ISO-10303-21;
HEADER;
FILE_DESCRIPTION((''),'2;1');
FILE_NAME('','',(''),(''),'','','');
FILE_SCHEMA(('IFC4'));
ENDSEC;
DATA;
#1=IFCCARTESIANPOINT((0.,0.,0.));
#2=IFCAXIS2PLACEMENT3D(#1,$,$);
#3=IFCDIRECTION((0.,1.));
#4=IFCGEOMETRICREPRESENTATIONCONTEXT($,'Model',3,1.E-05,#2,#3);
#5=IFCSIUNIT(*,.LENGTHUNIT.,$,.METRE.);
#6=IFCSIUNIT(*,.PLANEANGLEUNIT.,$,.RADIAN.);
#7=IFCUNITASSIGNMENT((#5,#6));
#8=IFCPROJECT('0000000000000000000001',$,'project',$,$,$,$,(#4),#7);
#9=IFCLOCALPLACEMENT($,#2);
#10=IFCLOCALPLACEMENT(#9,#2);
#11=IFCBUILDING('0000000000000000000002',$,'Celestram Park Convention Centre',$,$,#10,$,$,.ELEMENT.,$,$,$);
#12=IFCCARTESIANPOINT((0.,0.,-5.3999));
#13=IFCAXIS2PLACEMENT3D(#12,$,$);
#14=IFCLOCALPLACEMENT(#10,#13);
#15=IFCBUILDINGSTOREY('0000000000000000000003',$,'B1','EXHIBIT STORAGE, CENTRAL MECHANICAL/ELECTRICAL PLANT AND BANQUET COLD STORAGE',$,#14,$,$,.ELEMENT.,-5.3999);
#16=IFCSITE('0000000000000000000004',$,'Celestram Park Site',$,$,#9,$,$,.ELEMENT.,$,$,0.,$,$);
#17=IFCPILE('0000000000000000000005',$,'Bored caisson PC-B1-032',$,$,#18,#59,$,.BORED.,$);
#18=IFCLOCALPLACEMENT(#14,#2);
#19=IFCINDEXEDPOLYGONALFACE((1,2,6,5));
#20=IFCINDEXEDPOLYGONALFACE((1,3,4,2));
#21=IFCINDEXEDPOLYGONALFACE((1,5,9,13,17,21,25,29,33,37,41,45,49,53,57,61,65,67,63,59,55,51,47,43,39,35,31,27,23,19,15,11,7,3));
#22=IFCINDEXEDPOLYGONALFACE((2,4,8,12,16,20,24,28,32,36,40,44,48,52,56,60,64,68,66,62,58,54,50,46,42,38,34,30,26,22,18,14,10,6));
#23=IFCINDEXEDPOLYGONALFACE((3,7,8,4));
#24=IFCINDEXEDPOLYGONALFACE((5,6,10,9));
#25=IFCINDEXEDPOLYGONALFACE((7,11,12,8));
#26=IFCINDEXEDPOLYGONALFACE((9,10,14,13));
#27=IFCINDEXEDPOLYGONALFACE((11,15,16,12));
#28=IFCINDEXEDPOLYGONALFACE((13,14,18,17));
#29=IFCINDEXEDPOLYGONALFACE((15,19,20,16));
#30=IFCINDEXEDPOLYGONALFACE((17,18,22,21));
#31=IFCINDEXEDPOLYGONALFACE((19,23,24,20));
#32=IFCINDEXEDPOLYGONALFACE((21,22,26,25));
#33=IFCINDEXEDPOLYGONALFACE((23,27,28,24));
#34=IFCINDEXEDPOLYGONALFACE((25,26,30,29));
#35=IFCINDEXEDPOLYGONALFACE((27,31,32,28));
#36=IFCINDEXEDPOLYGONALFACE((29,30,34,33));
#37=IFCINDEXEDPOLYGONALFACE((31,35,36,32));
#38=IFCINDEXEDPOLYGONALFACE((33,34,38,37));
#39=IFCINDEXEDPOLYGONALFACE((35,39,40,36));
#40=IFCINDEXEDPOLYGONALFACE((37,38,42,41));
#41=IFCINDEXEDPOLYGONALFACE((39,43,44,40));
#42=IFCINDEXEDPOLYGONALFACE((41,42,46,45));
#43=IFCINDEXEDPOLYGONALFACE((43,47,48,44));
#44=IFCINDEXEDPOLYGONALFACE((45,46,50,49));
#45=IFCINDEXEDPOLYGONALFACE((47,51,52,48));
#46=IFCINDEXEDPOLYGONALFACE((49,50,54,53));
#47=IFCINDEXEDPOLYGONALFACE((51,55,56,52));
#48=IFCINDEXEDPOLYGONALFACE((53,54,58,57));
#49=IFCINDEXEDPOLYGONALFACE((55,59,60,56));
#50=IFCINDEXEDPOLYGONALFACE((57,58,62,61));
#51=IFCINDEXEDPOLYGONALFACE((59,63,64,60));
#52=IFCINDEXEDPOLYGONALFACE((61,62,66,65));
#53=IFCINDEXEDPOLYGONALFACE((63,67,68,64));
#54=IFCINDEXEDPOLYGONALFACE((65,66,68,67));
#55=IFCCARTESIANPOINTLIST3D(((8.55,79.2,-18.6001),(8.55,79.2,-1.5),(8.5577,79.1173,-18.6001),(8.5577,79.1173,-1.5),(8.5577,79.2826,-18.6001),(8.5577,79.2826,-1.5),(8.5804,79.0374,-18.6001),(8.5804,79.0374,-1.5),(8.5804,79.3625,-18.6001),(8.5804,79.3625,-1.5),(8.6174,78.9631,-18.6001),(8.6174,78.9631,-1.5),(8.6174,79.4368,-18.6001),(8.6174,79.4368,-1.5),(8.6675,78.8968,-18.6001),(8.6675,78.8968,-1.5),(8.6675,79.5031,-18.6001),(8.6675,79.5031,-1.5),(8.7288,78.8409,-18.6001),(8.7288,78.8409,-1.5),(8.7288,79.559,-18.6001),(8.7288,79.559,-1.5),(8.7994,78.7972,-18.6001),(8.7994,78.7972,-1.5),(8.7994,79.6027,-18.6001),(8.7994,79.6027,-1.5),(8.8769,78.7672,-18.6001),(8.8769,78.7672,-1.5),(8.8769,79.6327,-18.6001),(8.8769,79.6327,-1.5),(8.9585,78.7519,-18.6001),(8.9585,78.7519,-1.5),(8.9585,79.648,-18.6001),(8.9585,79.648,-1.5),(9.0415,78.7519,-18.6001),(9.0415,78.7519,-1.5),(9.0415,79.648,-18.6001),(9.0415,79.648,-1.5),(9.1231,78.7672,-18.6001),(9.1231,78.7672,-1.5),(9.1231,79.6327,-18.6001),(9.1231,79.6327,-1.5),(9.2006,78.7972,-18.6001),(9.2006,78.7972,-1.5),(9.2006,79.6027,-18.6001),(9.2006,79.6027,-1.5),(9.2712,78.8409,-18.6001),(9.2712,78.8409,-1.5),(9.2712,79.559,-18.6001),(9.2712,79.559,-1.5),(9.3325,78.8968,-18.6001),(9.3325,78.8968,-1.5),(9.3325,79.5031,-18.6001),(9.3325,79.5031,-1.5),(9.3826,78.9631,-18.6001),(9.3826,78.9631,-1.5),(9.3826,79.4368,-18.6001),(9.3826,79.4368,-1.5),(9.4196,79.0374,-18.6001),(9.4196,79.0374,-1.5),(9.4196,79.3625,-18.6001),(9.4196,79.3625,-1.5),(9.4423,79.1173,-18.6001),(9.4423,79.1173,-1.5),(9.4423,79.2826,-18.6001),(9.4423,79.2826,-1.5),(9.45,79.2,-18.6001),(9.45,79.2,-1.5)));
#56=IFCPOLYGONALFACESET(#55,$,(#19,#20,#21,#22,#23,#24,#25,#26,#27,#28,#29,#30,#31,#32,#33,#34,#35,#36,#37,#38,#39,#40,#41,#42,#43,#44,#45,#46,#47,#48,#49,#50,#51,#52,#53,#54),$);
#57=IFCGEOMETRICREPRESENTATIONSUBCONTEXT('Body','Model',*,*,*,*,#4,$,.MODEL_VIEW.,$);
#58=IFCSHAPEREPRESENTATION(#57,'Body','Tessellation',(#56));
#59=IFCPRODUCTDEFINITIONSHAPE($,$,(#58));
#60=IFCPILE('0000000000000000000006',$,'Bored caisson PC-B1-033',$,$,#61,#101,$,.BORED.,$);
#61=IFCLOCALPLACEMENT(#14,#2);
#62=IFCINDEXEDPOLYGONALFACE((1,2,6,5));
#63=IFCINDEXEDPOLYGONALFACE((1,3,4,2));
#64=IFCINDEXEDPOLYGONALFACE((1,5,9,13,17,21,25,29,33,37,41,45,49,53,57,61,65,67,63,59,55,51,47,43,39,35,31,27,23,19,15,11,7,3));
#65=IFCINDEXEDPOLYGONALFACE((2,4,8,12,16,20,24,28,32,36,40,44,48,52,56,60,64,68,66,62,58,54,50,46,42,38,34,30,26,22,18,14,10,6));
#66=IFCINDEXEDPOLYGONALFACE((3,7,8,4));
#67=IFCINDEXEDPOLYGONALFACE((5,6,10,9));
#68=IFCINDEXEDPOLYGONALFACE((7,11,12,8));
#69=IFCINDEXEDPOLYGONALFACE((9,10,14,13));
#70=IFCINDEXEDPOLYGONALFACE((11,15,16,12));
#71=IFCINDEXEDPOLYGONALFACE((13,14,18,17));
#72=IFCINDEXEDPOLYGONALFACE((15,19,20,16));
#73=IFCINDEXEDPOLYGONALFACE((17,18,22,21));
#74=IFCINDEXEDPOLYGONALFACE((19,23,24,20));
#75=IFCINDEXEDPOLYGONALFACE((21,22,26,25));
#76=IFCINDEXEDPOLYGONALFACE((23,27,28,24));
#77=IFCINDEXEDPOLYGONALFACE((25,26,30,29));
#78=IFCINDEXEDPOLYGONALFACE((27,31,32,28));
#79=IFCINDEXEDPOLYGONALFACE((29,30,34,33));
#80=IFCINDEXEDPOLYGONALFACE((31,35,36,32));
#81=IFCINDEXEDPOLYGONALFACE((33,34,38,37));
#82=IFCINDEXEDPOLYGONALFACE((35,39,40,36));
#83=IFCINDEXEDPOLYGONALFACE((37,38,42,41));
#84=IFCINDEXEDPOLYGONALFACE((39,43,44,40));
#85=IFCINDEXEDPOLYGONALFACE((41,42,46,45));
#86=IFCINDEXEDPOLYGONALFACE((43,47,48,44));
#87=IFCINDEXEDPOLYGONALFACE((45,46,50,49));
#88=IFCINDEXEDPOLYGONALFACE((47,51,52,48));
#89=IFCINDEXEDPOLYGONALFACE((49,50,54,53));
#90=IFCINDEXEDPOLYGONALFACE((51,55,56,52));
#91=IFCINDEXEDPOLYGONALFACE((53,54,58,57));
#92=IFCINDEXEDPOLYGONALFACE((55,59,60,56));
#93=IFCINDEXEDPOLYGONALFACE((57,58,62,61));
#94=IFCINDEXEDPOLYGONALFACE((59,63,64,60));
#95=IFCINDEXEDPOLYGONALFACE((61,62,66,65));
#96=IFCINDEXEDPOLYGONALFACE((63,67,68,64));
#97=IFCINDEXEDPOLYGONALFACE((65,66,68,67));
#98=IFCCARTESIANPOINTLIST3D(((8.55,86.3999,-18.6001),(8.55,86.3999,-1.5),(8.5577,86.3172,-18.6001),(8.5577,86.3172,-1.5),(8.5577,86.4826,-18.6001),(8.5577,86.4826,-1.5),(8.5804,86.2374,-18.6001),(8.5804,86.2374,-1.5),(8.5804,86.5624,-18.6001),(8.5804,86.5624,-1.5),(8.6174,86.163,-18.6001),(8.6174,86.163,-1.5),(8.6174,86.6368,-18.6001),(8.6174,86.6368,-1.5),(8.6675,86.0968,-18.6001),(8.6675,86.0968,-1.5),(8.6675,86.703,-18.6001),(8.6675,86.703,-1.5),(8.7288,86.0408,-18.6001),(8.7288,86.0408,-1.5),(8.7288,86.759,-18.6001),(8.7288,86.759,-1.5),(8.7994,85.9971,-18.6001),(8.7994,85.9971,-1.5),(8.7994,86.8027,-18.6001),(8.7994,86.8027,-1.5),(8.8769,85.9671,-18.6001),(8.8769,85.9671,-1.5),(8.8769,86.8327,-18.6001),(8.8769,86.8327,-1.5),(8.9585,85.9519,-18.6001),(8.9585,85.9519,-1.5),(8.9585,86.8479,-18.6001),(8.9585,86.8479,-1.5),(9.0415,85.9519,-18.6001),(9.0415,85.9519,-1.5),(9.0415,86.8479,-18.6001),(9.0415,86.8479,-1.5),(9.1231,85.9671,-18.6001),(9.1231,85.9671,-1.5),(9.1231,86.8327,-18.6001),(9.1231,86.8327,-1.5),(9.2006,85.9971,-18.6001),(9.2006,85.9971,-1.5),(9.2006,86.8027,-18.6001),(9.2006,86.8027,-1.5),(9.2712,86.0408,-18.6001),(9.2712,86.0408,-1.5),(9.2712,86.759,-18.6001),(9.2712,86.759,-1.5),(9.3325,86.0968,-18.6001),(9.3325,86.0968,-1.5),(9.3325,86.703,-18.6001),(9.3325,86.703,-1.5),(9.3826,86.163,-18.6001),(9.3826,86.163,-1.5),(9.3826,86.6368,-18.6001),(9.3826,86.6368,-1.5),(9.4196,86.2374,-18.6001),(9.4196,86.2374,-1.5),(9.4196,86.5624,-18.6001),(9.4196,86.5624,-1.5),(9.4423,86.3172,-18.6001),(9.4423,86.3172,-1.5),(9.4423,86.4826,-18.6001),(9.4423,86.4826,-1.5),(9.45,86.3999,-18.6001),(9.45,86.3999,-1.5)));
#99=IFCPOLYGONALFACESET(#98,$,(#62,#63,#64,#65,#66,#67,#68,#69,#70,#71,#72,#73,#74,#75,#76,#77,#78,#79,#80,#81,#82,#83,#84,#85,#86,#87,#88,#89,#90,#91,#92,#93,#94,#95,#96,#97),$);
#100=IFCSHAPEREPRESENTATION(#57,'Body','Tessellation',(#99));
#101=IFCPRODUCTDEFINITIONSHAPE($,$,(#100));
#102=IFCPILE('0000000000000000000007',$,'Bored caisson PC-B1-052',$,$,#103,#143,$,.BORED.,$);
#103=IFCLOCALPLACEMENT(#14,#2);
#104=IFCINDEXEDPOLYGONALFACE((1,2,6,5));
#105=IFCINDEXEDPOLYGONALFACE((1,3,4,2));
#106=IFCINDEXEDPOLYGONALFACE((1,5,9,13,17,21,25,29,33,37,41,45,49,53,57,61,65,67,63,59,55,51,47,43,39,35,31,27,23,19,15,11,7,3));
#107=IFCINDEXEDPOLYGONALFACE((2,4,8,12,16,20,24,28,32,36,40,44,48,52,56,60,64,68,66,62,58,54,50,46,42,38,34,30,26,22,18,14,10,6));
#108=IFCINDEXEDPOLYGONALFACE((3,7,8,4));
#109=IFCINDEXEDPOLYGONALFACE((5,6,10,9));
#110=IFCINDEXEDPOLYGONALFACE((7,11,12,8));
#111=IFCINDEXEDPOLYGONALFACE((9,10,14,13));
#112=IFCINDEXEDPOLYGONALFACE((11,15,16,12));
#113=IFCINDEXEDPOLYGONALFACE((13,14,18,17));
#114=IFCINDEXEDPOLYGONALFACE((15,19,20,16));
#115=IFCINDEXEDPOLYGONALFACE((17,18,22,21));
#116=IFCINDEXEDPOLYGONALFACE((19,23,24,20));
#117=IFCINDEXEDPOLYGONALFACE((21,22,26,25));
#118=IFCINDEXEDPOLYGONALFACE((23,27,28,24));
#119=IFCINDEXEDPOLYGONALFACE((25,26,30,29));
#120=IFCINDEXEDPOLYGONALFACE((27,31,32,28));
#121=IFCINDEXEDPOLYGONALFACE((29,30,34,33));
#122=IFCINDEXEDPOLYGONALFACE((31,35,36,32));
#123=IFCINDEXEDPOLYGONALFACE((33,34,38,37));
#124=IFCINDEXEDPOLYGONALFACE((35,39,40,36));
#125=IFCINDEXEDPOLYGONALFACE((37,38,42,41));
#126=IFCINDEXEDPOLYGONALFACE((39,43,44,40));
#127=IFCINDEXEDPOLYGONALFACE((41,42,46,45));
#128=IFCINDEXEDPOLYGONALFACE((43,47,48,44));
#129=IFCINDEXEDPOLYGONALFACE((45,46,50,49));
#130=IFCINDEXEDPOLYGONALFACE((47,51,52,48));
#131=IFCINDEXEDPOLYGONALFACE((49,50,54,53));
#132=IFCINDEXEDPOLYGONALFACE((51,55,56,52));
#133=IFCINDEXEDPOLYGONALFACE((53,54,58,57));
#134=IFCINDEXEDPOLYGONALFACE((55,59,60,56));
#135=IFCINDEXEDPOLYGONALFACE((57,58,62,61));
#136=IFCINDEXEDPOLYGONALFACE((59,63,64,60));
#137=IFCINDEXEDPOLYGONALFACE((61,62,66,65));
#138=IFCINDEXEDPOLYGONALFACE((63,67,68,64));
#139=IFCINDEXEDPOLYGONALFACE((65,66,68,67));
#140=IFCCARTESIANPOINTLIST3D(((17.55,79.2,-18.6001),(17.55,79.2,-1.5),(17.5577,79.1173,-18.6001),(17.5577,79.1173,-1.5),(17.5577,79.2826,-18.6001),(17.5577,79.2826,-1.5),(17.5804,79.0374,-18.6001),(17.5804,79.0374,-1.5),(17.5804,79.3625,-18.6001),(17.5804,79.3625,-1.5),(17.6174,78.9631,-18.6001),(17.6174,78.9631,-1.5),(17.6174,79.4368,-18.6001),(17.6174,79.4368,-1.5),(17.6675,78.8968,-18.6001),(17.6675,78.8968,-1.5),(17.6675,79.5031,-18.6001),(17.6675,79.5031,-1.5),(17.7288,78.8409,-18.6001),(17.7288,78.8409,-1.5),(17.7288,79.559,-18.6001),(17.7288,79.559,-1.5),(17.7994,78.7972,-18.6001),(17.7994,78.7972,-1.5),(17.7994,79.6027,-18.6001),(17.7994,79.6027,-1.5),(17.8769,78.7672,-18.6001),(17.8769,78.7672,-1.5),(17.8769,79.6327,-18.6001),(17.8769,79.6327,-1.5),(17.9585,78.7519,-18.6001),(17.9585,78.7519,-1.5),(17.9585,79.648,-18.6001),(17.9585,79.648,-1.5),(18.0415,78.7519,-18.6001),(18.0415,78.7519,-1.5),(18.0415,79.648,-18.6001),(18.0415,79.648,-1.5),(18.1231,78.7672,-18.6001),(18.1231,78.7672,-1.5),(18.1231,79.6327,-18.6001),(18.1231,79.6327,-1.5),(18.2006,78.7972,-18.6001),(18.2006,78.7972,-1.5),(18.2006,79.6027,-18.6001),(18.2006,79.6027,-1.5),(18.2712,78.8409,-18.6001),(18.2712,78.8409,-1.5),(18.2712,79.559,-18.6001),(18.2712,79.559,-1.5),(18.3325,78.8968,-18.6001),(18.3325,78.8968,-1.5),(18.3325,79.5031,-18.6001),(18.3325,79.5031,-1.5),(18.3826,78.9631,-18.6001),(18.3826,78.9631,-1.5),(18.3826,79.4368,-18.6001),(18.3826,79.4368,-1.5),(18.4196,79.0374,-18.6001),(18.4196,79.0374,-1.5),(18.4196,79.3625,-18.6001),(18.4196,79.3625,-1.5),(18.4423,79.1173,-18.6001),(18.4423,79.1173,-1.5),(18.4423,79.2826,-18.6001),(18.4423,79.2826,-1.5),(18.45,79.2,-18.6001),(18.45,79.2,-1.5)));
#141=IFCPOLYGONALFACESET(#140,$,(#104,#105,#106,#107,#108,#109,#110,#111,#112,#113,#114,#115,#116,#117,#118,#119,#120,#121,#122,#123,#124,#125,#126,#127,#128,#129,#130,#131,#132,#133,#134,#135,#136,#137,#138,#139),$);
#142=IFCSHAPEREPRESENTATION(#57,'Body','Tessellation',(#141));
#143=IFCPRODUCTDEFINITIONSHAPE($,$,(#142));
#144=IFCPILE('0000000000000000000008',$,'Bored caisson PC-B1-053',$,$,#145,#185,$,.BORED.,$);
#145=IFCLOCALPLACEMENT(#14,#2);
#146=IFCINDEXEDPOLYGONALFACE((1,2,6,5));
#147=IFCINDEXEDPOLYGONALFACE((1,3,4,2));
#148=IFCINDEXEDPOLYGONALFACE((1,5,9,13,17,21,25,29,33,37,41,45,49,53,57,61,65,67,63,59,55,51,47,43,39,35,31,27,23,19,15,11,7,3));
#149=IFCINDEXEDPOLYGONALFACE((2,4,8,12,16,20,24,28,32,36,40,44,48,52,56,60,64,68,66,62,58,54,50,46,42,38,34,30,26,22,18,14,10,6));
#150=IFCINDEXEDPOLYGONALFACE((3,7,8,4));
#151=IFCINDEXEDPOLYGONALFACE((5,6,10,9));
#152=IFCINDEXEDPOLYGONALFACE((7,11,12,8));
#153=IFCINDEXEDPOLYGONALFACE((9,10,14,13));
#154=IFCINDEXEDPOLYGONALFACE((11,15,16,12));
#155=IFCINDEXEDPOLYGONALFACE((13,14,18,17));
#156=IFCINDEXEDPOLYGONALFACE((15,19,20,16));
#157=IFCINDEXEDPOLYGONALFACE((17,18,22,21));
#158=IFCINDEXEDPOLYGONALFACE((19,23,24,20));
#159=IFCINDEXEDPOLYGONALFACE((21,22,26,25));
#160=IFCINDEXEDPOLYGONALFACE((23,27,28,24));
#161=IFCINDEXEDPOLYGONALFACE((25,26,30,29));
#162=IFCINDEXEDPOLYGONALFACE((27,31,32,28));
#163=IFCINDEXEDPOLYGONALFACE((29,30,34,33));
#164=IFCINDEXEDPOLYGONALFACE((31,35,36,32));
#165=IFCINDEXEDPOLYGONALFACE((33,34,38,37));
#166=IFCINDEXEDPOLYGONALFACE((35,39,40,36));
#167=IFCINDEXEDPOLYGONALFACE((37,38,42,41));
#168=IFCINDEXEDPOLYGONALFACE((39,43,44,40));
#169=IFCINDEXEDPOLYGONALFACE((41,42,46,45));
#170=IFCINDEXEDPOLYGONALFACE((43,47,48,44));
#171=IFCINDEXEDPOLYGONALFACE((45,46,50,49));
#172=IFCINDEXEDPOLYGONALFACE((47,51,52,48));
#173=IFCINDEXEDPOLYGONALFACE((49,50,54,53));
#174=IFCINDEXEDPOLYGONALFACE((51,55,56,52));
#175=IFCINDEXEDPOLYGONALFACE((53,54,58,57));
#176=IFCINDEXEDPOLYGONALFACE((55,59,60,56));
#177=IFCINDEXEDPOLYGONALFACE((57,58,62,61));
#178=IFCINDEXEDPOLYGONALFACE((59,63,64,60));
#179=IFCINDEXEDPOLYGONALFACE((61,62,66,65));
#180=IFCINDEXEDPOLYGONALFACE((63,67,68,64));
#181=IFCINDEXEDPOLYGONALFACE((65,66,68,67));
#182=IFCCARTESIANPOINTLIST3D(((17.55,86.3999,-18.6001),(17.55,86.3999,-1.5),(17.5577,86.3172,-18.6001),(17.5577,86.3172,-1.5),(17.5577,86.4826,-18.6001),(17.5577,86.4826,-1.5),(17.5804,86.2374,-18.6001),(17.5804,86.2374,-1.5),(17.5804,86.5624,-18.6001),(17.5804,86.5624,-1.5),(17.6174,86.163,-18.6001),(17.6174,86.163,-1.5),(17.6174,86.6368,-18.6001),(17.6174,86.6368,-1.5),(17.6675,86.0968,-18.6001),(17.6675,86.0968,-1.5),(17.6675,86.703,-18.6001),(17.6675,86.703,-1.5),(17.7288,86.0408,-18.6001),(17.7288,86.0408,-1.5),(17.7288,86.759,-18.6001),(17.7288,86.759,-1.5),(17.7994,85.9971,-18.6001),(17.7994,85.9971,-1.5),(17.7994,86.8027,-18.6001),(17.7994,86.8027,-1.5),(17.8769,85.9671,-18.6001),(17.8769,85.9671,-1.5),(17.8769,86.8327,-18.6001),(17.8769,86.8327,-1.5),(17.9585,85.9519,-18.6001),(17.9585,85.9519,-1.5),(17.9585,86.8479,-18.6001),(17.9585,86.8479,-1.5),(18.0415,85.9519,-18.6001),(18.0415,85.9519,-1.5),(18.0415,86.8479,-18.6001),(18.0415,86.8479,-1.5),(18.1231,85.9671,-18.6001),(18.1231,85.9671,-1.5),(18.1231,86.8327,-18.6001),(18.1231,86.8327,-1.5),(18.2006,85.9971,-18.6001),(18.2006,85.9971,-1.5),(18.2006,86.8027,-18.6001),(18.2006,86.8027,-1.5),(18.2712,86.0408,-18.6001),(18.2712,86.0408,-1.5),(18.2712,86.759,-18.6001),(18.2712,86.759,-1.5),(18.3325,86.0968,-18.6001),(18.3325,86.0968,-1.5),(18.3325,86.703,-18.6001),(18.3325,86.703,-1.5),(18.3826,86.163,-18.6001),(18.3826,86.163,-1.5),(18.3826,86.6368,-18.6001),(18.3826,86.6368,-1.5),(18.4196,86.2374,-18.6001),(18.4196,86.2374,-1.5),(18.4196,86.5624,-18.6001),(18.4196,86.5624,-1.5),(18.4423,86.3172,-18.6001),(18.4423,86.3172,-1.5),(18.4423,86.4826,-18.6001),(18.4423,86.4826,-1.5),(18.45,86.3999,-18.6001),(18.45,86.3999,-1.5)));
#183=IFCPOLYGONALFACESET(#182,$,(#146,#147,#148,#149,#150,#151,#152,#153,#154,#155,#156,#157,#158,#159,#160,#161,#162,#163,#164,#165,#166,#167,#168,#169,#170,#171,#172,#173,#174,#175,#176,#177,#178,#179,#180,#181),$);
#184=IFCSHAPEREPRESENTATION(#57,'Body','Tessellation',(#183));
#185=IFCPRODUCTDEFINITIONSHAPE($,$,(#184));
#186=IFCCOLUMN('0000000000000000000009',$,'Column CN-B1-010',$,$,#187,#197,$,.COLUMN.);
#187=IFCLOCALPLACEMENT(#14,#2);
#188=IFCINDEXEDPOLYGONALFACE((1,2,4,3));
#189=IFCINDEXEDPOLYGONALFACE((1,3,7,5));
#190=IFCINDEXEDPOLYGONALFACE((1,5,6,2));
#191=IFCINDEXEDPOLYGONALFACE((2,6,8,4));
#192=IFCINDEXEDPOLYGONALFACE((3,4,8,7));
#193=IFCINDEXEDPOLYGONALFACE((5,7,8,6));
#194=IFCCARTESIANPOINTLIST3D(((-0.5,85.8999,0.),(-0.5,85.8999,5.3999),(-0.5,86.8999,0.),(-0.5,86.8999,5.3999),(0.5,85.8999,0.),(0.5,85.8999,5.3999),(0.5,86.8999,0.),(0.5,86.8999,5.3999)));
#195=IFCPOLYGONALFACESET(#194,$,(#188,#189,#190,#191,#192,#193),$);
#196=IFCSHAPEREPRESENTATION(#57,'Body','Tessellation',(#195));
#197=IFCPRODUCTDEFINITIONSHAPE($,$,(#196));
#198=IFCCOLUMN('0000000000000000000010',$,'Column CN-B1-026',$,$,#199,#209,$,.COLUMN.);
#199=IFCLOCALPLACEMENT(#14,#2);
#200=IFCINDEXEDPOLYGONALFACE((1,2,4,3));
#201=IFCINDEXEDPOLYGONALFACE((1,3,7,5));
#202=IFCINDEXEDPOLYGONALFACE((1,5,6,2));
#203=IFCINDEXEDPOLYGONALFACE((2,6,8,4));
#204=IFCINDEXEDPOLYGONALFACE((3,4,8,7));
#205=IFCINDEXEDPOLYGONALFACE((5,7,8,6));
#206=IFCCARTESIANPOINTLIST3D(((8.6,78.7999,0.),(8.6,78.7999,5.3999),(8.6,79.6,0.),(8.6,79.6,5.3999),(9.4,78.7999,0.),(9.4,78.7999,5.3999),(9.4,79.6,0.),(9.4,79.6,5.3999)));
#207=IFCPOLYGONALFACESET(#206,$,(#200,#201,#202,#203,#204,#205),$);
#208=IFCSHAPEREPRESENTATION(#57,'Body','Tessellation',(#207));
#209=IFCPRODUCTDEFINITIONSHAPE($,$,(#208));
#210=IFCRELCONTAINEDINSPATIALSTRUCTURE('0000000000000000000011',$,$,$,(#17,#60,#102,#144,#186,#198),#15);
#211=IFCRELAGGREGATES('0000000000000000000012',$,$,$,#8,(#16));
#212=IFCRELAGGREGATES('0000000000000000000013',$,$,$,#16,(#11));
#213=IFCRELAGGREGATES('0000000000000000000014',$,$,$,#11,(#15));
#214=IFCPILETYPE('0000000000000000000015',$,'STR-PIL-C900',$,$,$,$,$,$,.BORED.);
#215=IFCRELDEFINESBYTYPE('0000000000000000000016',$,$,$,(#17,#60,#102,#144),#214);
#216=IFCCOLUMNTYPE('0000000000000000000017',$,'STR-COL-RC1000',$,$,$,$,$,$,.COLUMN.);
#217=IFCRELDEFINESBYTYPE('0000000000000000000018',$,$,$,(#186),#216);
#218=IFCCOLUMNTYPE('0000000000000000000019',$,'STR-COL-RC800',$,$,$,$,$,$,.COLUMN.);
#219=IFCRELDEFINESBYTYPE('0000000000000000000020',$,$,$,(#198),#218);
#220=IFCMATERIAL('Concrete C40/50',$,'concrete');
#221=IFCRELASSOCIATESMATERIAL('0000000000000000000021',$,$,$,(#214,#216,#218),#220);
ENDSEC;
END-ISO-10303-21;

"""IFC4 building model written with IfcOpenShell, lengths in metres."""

from ifc_helpers import new_model, si_unit, direction, frame, origin, origin_2d, place, context, subcontext, project, spatial, rectangle, circle, extrude, material, material_profile, profile_set, type_object, element, save


model = new_model("IFC4")

# Units and contexts
model_context = context("Model", 3, precision=1e-05, world=origin(), true_north=direction((0.0, 1.0)))
body_context = subcontext(model_context, "Body", "Model", "MODEL_VIEW")
ifc_project = project(units=[si_unit("LENGTHUNIT", "METRE"), si_unit("PLANEANGLEUNIT", "RADIAN")], contexts=[model_context])

# Site, building, storey
site_placement = place(None, origin())
site = spatial("IfcSite", under=ifc_project, at=site_placement, Name="Celestram Park Site", CompositionType="ELEMENT", RefElevation=0.0)
building_placement = place(site_placement, origin())
building = spatial("IfcBuilding", under=site, at=building_placement, Name="Celestram Park Convention Centre", CompositionType="ELEMENT")
storey_placement = place(building_placement, frame((0.0, 0.0, -5.3999)))
storey = spatial("IfcBuildingStorey", under=building, at=storey_placement, Name="B1", Description="EXHIBIT STORAGE, CENTRAL MECHANICAL/ELECTRICAL PLANT AND BANQUET COLD STORAGE", CompositionType="ELEMENT", Elevation=-5.3999)

# Shared definitions
ifc_material_1 = material(Name="Concrete C40/50", Category="concrete")

# Piles
ifc_material_profile_1 = material_profile(ifc_material_1, circle(Radius=0.45, at=origin_2d()), Name="CAISSON900")
ifc_profile_set_1 = profile_set([ifc_material_profile_1], Name="Concrete C40/50")
pile_type_1 = type_object("IfcPileType", Name="STR-PIL-C900", PredefinedType="BORED", material=ifc_profile_set_1)
for number, where, z_axis, x_axis, name in (
    (1, (9.0, 79.2, -1.5), (0.0, 0.0, -1.0), (1.0, 0.0, 0.0), "Bored caisson PC-B1-032"),
    (2, (9.0, 86.3999, -1.5), (0.0, 0.0, -1.0), (1.0, 0.0, 0.0), "Bored caisson PC-B1-033"),
    (3, (18.0, 79.2, -1.5), (0.0, 0.0, -1.0), (1.0, 0.0, 0.0), "Bored caisson PC-B1-052"),
    (4, (18.0, 86.3999, -1.5), (0.0, 0.0, -1.0), (1.0, 0.0, 0.0), "Bored caisson PC-B1-053"),
):
    element("IfcPile", number, at=place(storey_placement, frame(where, z_axis=z_axis, x_axis=x_axis)), inside=storey, type_object=pile_type_1, Name=name, PredefinedType="BORED", context=body_context, shape_type="SweptSolid", body=[
        extrude(circle(Radius=0.45, at=origin_2d()), origin(), (0.0, 0.0, 1.0), 17.1001),
    ])

# Columns
ifc_material_profile_2 = material_profile(ifc_material_1, rectangle(XDim=1.0, YDim=1.0, at=origin_2d()), Name="RC1000X1000")
ifc_profile_set_2 = profile_set([ifc_material_profile_2], Name="Concrete C40/50")
column_type_1 = type_object("IfcColumnType", Name="STR-COL-RC1000", PredefinedType="COLUMN", material=ifc_profile_set_2)
column_placement = place(storey_placement, frame((0.0, 86.3999, 0.0), z_axis=(0.0, 0.0, 1.0), x_axis=(1.0, 0.0, 0.0)))
element("IfcColumn", 5, at=column_placement, inside=storey, type_object=column_type_1, Name="Column CN-B1-010", PredefinedType="COLUMN", context=body_context, shape_type="SweptSolid", body=[
    extrude(rectangle(XDim=1.0, YDim=1.0, at=origin_2d()), origin(), (0.0, 0.0, 1.0), 5.3999),
])
ifc_material_profile_3 = material_profile(ifc_material_1, rectangle(XDim=0.8, YDim=0.8, at=origin_2d()), Name="RC800X800")
ifc_profile_set_3 = profile_set([ifc_material_profile_3], Name="Concrete C40/50")
column_type_2 = type_object("IfcColumnType", Name="STR-COL-RC800", PredefinedType="COLUMN", material=ifc_profile_set_3)
for number, where, z_axis, x_axis, name in (
    (6, (9.0, 79.2, 0.0), (0.0, 0.0, 1.0), (1.0, 0.0, 0.0), "Column CN-B1-026"),
):
    element("IfcColumn", number, at=place(storey_placement, frame(where, z_axis=z_axis, x_axis=x_axis)), inside=storey, type_object=column_type_2, Name=name, PredefinedType="COLUMN", context=body_context, shape_type="SweptSolid", body=[
        extrude(rectangle(XDim=0.8, YDim=0.8, at=origin_2d()), origin(), (0.0, 0.0, 1.0), 5.3999),
    ])

save(model, "model.ifc")
